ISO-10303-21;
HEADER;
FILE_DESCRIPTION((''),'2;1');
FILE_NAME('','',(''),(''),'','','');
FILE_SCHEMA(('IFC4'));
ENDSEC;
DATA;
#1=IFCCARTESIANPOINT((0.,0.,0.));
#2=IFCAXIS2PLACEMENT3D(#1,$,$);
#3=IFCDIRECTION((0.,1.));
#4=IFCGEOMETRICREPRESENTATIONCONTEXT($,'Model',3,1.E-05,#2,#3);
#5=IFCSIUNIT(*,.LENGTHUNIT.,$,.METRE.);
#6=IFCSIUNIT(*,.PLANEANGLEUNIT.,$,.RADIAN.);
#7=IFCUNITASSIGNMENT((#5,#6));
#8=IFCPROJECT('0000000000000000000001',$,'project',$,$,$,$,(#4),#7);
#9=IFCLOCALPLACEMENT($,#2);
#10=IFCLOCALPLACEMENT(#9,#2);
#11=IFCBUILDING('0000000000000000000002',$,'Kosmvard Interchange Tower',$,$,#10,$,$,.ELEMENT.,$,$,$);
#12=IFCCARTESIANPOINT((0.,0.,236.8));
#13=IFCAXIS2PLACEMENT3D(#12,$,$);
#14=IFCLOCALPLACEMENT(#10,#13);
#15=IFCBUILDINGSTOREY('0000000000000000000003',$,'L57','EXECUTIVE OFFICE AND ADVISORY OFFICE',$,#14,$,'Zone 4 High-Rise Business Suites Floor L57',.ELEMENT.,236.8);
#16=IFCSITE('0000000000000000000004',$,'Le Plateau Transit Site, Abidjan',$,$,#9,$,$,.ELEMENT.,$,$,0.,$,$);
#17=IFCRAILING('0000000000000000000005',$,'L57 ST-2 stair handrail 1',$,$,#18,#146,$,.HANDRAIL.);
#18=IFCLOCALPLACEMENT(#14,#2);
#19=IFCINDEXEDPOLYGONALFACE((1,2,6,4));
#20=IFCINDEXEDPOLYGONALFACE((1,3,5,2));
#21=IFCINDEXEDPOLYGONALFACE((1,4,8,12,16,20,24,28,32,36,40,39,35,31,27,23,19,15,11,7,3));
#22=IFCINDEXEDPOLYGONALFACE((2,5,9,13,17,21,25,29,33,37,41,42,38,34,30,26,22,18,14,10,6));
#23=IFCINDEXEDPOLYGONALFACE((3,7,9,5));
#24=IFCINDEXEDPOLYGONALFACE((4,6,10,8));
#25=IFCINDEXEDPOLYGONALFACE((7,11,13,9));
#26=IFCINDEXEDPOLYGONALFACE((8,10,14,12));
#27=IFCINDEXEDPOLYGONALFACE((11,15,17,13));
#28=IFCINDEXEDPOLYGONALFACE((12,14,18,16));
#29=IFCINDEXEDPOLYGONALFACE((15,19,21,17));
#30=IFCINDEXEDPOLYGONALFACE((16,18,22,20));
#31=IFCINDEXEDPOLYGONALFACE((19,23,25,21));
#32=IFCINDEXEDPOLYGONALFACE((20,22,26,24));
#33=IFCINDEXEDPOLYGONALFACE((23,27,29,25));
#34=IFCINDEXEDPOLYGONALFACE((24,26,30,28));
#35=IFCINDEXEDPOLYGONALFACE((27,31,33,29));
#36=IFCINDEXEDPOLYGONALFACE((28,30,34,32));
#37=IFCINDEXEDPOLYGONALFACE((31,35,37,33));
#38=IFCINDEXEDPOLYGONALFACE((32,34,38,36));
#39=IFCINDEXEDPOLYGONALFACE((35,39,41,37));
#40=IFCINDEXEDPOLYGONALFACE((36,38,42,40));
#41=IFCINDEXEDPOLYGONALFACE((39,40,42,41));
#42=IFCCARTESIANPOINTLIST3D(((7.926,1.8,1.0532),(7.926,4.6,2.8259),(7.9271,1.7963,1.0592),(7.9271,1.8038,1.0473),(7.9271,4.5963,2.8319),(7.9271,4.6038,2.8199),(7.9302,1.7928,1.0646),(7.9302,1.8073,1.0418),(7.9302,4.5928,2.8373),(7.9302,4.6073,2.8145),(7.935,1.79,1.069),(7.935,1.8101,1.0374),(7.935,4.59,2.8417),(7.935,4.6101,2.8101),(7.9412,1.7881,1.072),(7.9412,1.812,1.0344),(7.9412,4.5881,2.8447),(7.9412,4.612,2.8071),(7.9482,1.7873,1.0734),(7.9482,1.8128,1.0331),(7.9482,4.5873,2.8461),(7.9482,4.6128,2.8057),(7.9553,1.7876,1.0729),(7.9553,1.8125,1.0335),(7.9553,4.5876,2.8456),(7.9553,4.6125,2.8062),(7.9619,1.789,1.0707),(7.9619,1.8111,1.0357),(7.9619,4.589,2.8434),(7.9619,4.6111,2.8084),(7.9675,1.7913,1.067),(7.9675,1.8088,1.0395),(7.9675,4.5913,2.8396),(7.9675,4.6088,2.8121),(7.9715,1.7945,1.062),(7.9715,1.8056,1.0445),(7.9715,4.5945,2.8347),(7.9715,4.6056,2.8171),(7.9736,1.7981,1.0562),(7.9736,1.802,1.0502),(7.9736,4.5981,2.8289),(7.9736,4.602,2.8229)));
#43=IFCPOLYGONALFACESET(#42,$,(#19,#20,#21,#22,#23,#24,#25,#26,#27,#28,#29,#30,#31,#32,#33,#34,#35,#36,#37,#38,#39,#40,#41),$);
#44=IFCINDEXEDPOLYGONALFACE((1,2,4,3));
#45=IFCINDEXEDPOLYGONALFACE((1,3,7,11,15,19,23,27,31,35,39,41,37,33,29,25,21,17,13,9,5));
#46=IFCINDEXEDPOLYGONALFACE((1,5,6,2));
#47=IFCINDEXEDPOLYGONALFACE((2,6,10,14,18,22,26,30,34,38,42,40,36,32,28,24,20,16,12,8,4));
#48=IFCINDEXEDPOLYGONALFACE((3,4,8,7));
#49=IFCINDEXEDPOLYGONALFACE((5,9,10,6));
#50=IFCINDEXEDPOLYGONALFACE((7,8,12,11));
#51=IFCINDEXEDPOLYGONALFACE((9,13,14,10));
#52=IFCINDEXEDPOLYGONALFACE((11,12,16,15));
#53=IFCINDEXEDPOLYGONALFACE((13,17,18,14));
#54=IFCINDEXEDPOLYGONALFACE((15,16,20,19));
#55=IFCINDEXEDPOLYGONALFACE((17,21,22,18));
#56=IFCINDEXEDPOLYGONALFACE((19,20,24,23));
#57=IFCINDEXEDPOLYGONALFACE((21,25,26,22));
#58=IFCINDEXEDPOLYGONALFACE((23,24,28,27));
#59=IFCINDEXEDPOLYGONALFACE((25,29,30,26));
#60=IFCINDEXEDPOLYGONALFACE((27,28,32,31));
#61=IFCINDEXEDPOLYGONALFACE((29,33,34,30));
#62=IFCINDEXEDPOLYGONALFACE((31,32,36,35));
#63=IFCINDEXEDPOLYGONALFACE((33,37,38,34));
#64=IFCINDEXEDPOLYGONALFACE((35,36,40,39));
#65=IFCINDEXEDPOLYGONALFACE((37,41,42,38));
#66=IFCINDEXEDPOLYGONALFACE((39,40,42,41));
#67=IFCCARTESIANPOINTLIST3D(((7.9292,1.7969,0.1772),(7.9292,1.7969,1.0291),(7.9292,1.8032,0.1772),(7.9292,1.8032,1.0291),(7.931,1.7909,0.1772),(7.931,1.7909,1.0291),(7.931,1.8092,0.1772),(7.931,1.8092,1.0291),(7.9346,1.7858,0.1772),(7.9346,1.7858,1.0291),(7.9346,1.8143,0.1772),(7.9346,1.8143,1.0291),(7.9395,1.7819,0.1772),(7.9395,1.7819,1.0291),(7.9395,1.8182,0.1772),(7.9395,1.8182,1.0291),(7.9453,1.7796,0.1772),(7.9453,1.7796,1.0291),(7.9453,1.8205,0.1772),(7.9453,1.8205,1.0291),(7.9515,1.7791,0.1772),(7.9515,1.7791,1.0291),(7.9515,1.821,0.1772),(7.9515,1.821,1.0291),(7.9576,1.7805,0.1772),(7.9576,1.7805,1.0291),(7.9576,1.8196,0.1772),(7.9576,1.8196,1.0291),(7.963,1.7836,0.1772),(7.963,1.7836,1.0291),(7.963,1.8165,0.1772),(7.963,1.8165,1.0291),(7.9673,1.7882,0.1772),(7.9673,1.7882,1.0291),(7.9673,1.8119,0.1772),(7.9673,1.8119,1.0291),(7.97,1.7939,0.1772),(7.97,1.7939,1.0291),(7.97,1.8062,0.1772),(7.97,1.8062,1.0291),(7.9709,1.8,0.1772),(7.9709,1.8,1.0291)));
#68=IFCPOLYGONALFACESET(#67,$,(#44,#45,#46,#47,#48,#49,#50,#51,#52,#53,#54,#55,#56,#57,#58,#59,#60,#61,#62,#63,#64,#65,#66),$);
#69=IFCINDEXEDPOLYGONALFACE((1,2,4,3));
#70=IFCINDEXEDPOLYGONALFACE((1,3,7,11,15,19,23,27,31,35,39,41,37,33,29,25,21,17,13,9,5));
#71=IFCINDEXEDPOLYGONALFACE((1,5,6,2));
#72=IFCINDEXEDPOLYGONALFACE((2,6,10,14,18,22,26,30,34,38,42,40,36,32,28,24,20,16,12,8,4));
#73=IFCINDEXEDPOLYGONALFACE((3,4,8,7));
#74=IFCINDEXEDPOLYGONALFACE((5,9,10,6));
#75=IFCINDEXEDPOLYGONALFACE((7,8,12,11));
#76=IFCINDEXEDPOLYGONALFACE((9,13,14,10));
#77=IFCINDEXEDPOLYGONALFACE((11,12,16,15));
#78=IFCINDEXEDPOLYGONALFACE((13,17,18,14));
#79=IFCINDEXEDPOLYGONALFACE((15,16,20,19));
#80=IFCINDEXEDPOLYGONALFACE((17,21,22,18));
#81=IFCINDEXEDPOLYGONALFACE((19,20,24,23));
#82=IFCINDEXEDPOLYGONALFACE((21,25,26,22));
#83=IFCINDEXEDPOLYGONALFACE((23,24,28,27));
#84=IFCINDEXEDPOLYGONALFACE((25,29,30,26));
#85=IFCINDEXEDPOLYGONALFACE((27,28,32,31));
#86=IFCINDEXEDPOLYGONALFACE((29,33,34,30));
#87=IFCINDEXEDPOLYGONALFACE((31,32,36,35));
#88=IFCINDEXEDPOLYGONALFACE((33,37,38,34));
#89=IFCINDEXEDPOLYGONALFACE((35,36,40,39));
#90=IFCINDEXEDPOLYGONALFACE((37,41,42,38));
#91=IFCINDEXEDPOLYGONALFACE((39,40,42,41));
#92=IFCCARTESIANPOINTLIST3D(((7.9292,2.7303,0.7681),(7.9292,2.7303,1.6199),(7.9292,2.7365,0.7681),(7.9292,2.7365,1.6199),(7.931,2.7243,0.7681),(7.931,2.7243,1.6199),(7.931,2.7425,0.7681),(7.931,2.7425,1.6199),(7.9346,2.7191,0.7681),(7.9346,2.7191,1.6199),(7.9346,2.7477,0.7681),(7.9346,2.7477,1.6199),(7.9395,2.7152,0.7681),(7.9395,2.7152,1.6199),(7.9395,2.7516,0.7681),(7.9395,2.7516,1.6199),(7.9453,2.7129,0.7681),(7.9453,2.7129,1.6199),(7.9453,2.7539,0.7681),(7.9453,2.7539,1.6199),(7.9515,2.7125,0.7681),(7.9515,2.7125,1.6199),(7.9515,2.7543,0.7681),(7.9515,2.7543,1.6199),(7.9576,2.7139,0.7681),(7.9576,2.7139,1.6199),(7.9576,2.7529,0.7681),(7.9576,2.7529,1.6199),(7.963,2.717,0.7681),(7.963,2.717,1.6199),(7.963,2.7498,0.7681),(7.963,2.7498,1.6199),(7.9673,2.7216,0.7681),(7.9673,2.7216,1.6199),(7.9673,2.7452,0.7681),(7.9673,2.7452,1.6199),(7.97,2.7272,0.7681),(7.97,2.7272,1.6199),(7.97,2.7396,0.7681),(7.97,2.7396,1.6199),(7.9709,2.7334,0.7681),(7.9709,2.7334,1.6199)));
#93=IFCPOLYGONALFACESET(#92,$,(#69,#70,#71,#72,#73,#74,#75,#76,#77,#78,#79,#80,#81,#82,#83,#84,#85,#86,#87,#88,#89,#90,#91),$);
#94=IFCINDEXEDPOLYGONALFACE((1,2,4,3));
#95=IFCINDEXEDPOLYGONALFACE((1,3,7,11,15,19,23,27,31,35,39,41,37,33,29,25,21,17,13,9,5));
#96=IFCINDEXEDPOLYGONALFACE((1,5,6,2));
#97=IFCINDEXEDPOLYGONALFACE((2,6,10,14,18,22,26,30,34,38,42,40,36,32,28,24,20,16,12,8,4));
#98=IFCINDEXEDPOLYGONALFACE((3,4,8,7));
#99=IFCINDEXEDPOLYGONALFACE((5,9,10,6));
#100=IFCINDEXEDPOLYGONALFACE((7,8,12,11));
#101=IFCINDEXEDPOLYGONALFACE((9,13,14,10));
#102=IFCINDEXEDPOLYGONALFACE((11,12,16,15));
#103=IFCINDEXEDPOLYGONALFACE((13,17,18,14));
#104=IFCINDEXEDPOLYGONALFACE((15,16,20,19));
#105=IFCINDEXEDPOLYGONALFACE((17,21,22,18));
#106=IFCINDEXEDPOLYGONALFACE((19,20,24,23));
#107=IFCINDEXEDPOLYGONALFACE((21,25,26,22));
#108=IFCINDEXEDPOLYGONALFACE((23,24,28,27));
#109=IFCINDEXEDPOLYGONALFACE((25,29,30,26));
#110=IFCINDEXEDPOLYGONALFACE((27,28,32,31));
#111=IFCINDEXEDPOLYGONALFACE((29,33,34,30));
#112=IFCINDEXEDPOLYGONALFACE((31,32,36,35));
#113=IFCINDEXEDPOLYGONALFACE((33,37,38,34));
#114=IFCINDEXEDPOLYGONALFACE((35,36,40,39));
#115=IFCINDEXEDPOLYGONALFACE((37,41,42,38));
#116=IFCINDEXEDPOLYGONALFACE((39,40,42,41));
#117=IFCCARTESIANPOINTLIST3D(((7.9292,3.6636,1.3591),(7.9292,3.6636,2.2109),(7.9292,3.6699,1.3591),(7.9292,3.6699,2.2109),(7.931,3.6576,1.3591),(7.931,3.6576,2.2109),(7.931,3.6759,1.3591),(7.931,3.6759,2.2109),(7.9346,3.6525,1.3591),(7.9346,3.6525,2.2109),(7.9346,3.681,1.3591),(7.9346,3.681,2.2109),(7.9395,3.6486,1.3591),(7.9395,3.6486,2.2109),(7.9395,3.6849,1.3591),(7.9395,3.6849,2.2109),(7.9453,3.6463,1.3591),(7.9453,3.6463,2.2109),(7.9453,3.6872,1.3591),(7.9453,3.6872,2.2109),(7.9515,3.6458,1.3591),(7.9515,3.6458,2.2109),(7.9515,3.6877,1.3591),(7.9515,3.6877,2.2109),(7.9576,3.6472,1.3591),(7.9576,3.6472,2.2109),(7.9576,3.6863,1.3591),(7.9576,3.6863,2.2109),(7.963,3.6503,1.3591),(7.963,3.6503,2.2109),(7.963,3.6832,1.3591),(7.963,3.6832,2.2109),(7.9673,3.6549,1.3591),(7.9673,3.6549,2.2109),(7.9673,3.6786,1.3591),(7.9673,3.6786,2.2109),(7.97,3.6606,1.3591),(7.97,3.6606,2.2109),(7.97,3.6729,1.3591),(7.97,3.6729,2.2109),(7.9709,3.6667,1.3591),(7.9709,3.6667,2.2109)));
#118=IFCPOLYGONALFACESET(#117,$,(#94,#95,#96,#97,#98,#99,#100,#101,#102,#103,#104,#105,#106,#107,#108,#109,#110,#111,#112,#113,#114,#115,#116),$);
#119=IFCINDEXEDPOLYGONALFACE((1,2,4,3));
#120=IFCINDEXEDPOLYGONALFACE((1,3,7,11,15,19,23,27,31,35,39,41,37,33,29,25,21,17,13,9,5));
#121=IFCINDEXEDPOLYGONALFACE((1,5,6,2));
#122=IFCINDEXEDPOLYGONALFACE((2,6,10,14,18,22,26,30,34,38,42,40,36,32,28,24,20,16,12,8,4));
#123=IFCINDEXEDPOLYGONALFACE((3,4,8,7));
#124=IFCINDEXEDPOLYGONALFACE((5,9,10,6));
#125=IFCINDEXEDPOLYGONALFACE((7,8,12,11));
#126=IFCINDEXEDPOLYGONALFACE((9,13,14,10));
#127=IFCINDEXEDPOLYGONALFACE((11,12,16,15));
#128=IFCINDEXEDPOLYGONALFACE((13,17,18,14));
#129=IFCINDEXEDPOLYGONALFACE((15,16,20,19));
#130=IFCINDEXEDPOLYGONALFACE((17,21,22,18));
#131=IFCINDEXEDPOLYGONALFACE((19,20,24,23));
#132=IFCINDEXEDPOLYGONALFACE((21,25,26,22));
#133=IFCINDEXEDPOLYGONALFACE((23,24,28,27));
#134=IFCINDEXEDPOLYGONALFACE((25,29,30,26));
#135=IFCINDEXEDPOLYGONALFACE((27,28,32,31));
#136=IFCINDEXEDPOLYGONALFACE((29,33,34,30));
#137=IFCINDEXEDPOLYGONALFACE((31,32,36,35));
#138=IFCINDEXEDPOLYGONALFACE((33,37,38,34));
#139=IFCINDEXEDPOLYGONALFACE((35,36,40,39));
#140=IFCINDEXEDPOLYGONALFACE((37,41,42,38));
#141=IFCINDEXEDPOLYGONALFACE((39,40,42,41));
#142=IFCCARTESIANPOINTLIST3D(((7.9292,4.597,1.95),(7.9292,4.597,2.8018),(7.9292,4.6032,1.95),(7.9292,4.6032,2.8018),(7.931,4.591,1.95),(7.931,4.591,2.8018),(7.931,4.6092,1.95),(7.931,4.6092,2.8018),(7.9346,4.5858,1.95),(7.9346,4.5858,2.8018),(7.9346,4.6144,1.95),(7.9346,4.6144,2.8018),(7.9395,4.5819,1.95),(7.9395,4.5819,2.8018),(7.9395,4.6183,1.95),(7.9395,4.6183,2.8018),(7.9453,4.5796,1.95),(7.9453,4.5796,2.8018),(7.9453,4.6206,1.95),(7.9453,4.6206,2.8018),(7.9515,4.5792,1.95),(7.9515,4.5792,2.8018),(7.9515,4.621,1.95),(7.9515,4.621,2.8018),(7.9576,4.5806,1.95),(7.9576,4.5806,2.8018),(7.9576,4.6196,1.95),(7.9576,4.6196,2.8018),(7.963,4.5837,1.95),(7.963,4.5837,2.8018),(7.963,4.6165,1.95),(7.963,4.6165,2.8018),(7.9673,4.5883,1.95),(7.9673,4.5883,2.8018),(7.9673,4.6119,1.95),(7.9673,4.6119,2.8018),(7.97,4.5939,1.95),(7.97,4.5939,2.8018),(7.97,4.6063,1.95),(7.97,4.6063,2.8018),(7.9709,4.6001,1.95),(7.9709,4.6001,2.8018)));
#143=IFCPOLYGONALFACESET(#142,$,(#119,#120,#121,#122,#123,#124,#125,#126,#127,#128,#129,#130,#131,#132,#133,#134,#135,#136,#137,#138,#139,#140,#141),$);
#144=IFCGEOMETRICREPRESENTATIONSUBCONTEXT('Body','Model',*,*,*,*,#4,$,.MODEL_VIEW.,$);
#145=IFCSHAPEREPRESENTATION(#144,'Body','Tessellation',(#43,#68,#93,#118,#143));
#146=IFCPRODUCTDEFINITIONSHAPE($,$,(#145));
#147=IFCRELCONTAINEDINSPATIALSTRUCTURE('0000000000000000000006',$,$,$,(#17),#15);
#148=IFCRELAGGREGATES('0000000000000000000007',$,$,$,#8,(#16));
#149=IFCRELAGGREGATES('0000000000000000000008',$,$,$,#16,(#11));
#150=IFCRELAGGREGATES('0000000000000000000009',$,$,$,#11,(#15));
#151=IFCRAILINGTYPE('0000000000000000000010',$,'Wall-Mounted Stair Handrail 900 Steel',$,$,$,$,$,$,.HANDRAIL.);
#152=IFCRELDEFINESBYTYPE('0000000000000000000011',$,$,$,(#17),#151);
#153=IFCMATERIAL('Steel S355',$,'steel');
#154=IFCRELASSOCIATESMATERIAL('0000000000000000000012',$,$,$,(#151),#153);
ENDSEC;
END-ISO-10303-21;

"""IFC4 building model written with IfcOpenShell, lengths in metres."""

from ifc_helpers import new_model, si_unit, direction, frame, origin, origin_2d, place, context, subcontext, project, spatial, circle, extrude, source, transform, mapped, material, type_object, element, save


model = new_model("IFC4")

# Units and contexts
model_context = context("Model", 3, precision=1e-05, world=origin(), true_north=direction((0.0, 1.0)))
body_context = subcontext(model_context, "Body", "Model", "MODEL_VIEW")
ifc_project = project(units=[si_unit("LENGTHUNIT", "METRE"), si_unit("PLANEANGLEUNIT", "RADIAN")], contexts=[model_context])

# Site, building, storey
site_placement = place(None, origin())
site = spatial("IfcSite", under=ifc_project, at=site_placement, Name="Le Plateau Transit Site, Abidjan", CompositionType="ELEMENT", RefElevation=0.0)
building_placement = place(site_placement, origin())
building = spatial("IfcBuilding", under=site, at=building_placement, Name="Kosmvard Interchange Tower", CompositionType="ELEMENT")
storey_placement = place(building_placement, frame((0.0, 0.0, 236.8)))
storey = spatial("IfcBuildingStorey", under=building, at=storey_placement, Name="L57", Description="EXECUTIVE OFFICE AND ADVISORY OFFICE", LongName="Zone 4 High-Rise Business Suites Floor L57", CompositionType="ELEMENT", Elevation=236.8)

# Shared definitions
ifc_material_1 = material(Name="Steel S355", Category="steel")

# Railing
railing_type_1 = type_object("IfcRailingType", Name="Wall-Mounted Stair Handrail 900 Steel", PredefinedType="HANDRAIL", material=ifc_material_1)
shared_shape_1 = source(origin(), body_context, "Body", "SweptSolid", [
    extrude(circle(Radius=0.0239, at=origin_2d()), frame((0.0, 0.0, 0.876), z_axis=(0.0, 0.844909, 0.53491), x_axis=(-1.0, 0.0, 0.0)), (0.0, 0.0, 1.0), 3.314),
    extrude(circle(Radius=0.021, at=origin_2d()), origin(), (0.0, 0.0, 1.0), 0.8518),
    extrude(circle(Radius=0.021, at=origin_2d()), frame((0.0, 0.9333, 0.5908)), (0.0, 0.0, 1.0), 0.8518),
    extrude(circle(Radius=0.021, at=origin_2d()), frame((0.0, 1.8667, 1.1819)), (0.0, 0.0, 1.0), 0.8518),
    extrude(circle(Radius=0.021, at=origin_2d()), frame((0.0, 2.8, 1.7727)), (0.0, 0.0, 1.0), 0.8518),
])
railing_1_placement = place(storey_placement, frame((7.95, 1.8, 0.1772)))
element("IfcRailing", 1, at=railing_1_placement, inside=storey, type_object=railing_type_1, Name="L57 ST-2 stair handrail 1", PredefinedType="HANDRAIL", context=body_context, shape_type="MappedRepresentation", body=[
    mapped(shared_shape_1, transform((0.0, 0.0, 0.0), scale=1.0)),
])

save(model, "model.ifc")
